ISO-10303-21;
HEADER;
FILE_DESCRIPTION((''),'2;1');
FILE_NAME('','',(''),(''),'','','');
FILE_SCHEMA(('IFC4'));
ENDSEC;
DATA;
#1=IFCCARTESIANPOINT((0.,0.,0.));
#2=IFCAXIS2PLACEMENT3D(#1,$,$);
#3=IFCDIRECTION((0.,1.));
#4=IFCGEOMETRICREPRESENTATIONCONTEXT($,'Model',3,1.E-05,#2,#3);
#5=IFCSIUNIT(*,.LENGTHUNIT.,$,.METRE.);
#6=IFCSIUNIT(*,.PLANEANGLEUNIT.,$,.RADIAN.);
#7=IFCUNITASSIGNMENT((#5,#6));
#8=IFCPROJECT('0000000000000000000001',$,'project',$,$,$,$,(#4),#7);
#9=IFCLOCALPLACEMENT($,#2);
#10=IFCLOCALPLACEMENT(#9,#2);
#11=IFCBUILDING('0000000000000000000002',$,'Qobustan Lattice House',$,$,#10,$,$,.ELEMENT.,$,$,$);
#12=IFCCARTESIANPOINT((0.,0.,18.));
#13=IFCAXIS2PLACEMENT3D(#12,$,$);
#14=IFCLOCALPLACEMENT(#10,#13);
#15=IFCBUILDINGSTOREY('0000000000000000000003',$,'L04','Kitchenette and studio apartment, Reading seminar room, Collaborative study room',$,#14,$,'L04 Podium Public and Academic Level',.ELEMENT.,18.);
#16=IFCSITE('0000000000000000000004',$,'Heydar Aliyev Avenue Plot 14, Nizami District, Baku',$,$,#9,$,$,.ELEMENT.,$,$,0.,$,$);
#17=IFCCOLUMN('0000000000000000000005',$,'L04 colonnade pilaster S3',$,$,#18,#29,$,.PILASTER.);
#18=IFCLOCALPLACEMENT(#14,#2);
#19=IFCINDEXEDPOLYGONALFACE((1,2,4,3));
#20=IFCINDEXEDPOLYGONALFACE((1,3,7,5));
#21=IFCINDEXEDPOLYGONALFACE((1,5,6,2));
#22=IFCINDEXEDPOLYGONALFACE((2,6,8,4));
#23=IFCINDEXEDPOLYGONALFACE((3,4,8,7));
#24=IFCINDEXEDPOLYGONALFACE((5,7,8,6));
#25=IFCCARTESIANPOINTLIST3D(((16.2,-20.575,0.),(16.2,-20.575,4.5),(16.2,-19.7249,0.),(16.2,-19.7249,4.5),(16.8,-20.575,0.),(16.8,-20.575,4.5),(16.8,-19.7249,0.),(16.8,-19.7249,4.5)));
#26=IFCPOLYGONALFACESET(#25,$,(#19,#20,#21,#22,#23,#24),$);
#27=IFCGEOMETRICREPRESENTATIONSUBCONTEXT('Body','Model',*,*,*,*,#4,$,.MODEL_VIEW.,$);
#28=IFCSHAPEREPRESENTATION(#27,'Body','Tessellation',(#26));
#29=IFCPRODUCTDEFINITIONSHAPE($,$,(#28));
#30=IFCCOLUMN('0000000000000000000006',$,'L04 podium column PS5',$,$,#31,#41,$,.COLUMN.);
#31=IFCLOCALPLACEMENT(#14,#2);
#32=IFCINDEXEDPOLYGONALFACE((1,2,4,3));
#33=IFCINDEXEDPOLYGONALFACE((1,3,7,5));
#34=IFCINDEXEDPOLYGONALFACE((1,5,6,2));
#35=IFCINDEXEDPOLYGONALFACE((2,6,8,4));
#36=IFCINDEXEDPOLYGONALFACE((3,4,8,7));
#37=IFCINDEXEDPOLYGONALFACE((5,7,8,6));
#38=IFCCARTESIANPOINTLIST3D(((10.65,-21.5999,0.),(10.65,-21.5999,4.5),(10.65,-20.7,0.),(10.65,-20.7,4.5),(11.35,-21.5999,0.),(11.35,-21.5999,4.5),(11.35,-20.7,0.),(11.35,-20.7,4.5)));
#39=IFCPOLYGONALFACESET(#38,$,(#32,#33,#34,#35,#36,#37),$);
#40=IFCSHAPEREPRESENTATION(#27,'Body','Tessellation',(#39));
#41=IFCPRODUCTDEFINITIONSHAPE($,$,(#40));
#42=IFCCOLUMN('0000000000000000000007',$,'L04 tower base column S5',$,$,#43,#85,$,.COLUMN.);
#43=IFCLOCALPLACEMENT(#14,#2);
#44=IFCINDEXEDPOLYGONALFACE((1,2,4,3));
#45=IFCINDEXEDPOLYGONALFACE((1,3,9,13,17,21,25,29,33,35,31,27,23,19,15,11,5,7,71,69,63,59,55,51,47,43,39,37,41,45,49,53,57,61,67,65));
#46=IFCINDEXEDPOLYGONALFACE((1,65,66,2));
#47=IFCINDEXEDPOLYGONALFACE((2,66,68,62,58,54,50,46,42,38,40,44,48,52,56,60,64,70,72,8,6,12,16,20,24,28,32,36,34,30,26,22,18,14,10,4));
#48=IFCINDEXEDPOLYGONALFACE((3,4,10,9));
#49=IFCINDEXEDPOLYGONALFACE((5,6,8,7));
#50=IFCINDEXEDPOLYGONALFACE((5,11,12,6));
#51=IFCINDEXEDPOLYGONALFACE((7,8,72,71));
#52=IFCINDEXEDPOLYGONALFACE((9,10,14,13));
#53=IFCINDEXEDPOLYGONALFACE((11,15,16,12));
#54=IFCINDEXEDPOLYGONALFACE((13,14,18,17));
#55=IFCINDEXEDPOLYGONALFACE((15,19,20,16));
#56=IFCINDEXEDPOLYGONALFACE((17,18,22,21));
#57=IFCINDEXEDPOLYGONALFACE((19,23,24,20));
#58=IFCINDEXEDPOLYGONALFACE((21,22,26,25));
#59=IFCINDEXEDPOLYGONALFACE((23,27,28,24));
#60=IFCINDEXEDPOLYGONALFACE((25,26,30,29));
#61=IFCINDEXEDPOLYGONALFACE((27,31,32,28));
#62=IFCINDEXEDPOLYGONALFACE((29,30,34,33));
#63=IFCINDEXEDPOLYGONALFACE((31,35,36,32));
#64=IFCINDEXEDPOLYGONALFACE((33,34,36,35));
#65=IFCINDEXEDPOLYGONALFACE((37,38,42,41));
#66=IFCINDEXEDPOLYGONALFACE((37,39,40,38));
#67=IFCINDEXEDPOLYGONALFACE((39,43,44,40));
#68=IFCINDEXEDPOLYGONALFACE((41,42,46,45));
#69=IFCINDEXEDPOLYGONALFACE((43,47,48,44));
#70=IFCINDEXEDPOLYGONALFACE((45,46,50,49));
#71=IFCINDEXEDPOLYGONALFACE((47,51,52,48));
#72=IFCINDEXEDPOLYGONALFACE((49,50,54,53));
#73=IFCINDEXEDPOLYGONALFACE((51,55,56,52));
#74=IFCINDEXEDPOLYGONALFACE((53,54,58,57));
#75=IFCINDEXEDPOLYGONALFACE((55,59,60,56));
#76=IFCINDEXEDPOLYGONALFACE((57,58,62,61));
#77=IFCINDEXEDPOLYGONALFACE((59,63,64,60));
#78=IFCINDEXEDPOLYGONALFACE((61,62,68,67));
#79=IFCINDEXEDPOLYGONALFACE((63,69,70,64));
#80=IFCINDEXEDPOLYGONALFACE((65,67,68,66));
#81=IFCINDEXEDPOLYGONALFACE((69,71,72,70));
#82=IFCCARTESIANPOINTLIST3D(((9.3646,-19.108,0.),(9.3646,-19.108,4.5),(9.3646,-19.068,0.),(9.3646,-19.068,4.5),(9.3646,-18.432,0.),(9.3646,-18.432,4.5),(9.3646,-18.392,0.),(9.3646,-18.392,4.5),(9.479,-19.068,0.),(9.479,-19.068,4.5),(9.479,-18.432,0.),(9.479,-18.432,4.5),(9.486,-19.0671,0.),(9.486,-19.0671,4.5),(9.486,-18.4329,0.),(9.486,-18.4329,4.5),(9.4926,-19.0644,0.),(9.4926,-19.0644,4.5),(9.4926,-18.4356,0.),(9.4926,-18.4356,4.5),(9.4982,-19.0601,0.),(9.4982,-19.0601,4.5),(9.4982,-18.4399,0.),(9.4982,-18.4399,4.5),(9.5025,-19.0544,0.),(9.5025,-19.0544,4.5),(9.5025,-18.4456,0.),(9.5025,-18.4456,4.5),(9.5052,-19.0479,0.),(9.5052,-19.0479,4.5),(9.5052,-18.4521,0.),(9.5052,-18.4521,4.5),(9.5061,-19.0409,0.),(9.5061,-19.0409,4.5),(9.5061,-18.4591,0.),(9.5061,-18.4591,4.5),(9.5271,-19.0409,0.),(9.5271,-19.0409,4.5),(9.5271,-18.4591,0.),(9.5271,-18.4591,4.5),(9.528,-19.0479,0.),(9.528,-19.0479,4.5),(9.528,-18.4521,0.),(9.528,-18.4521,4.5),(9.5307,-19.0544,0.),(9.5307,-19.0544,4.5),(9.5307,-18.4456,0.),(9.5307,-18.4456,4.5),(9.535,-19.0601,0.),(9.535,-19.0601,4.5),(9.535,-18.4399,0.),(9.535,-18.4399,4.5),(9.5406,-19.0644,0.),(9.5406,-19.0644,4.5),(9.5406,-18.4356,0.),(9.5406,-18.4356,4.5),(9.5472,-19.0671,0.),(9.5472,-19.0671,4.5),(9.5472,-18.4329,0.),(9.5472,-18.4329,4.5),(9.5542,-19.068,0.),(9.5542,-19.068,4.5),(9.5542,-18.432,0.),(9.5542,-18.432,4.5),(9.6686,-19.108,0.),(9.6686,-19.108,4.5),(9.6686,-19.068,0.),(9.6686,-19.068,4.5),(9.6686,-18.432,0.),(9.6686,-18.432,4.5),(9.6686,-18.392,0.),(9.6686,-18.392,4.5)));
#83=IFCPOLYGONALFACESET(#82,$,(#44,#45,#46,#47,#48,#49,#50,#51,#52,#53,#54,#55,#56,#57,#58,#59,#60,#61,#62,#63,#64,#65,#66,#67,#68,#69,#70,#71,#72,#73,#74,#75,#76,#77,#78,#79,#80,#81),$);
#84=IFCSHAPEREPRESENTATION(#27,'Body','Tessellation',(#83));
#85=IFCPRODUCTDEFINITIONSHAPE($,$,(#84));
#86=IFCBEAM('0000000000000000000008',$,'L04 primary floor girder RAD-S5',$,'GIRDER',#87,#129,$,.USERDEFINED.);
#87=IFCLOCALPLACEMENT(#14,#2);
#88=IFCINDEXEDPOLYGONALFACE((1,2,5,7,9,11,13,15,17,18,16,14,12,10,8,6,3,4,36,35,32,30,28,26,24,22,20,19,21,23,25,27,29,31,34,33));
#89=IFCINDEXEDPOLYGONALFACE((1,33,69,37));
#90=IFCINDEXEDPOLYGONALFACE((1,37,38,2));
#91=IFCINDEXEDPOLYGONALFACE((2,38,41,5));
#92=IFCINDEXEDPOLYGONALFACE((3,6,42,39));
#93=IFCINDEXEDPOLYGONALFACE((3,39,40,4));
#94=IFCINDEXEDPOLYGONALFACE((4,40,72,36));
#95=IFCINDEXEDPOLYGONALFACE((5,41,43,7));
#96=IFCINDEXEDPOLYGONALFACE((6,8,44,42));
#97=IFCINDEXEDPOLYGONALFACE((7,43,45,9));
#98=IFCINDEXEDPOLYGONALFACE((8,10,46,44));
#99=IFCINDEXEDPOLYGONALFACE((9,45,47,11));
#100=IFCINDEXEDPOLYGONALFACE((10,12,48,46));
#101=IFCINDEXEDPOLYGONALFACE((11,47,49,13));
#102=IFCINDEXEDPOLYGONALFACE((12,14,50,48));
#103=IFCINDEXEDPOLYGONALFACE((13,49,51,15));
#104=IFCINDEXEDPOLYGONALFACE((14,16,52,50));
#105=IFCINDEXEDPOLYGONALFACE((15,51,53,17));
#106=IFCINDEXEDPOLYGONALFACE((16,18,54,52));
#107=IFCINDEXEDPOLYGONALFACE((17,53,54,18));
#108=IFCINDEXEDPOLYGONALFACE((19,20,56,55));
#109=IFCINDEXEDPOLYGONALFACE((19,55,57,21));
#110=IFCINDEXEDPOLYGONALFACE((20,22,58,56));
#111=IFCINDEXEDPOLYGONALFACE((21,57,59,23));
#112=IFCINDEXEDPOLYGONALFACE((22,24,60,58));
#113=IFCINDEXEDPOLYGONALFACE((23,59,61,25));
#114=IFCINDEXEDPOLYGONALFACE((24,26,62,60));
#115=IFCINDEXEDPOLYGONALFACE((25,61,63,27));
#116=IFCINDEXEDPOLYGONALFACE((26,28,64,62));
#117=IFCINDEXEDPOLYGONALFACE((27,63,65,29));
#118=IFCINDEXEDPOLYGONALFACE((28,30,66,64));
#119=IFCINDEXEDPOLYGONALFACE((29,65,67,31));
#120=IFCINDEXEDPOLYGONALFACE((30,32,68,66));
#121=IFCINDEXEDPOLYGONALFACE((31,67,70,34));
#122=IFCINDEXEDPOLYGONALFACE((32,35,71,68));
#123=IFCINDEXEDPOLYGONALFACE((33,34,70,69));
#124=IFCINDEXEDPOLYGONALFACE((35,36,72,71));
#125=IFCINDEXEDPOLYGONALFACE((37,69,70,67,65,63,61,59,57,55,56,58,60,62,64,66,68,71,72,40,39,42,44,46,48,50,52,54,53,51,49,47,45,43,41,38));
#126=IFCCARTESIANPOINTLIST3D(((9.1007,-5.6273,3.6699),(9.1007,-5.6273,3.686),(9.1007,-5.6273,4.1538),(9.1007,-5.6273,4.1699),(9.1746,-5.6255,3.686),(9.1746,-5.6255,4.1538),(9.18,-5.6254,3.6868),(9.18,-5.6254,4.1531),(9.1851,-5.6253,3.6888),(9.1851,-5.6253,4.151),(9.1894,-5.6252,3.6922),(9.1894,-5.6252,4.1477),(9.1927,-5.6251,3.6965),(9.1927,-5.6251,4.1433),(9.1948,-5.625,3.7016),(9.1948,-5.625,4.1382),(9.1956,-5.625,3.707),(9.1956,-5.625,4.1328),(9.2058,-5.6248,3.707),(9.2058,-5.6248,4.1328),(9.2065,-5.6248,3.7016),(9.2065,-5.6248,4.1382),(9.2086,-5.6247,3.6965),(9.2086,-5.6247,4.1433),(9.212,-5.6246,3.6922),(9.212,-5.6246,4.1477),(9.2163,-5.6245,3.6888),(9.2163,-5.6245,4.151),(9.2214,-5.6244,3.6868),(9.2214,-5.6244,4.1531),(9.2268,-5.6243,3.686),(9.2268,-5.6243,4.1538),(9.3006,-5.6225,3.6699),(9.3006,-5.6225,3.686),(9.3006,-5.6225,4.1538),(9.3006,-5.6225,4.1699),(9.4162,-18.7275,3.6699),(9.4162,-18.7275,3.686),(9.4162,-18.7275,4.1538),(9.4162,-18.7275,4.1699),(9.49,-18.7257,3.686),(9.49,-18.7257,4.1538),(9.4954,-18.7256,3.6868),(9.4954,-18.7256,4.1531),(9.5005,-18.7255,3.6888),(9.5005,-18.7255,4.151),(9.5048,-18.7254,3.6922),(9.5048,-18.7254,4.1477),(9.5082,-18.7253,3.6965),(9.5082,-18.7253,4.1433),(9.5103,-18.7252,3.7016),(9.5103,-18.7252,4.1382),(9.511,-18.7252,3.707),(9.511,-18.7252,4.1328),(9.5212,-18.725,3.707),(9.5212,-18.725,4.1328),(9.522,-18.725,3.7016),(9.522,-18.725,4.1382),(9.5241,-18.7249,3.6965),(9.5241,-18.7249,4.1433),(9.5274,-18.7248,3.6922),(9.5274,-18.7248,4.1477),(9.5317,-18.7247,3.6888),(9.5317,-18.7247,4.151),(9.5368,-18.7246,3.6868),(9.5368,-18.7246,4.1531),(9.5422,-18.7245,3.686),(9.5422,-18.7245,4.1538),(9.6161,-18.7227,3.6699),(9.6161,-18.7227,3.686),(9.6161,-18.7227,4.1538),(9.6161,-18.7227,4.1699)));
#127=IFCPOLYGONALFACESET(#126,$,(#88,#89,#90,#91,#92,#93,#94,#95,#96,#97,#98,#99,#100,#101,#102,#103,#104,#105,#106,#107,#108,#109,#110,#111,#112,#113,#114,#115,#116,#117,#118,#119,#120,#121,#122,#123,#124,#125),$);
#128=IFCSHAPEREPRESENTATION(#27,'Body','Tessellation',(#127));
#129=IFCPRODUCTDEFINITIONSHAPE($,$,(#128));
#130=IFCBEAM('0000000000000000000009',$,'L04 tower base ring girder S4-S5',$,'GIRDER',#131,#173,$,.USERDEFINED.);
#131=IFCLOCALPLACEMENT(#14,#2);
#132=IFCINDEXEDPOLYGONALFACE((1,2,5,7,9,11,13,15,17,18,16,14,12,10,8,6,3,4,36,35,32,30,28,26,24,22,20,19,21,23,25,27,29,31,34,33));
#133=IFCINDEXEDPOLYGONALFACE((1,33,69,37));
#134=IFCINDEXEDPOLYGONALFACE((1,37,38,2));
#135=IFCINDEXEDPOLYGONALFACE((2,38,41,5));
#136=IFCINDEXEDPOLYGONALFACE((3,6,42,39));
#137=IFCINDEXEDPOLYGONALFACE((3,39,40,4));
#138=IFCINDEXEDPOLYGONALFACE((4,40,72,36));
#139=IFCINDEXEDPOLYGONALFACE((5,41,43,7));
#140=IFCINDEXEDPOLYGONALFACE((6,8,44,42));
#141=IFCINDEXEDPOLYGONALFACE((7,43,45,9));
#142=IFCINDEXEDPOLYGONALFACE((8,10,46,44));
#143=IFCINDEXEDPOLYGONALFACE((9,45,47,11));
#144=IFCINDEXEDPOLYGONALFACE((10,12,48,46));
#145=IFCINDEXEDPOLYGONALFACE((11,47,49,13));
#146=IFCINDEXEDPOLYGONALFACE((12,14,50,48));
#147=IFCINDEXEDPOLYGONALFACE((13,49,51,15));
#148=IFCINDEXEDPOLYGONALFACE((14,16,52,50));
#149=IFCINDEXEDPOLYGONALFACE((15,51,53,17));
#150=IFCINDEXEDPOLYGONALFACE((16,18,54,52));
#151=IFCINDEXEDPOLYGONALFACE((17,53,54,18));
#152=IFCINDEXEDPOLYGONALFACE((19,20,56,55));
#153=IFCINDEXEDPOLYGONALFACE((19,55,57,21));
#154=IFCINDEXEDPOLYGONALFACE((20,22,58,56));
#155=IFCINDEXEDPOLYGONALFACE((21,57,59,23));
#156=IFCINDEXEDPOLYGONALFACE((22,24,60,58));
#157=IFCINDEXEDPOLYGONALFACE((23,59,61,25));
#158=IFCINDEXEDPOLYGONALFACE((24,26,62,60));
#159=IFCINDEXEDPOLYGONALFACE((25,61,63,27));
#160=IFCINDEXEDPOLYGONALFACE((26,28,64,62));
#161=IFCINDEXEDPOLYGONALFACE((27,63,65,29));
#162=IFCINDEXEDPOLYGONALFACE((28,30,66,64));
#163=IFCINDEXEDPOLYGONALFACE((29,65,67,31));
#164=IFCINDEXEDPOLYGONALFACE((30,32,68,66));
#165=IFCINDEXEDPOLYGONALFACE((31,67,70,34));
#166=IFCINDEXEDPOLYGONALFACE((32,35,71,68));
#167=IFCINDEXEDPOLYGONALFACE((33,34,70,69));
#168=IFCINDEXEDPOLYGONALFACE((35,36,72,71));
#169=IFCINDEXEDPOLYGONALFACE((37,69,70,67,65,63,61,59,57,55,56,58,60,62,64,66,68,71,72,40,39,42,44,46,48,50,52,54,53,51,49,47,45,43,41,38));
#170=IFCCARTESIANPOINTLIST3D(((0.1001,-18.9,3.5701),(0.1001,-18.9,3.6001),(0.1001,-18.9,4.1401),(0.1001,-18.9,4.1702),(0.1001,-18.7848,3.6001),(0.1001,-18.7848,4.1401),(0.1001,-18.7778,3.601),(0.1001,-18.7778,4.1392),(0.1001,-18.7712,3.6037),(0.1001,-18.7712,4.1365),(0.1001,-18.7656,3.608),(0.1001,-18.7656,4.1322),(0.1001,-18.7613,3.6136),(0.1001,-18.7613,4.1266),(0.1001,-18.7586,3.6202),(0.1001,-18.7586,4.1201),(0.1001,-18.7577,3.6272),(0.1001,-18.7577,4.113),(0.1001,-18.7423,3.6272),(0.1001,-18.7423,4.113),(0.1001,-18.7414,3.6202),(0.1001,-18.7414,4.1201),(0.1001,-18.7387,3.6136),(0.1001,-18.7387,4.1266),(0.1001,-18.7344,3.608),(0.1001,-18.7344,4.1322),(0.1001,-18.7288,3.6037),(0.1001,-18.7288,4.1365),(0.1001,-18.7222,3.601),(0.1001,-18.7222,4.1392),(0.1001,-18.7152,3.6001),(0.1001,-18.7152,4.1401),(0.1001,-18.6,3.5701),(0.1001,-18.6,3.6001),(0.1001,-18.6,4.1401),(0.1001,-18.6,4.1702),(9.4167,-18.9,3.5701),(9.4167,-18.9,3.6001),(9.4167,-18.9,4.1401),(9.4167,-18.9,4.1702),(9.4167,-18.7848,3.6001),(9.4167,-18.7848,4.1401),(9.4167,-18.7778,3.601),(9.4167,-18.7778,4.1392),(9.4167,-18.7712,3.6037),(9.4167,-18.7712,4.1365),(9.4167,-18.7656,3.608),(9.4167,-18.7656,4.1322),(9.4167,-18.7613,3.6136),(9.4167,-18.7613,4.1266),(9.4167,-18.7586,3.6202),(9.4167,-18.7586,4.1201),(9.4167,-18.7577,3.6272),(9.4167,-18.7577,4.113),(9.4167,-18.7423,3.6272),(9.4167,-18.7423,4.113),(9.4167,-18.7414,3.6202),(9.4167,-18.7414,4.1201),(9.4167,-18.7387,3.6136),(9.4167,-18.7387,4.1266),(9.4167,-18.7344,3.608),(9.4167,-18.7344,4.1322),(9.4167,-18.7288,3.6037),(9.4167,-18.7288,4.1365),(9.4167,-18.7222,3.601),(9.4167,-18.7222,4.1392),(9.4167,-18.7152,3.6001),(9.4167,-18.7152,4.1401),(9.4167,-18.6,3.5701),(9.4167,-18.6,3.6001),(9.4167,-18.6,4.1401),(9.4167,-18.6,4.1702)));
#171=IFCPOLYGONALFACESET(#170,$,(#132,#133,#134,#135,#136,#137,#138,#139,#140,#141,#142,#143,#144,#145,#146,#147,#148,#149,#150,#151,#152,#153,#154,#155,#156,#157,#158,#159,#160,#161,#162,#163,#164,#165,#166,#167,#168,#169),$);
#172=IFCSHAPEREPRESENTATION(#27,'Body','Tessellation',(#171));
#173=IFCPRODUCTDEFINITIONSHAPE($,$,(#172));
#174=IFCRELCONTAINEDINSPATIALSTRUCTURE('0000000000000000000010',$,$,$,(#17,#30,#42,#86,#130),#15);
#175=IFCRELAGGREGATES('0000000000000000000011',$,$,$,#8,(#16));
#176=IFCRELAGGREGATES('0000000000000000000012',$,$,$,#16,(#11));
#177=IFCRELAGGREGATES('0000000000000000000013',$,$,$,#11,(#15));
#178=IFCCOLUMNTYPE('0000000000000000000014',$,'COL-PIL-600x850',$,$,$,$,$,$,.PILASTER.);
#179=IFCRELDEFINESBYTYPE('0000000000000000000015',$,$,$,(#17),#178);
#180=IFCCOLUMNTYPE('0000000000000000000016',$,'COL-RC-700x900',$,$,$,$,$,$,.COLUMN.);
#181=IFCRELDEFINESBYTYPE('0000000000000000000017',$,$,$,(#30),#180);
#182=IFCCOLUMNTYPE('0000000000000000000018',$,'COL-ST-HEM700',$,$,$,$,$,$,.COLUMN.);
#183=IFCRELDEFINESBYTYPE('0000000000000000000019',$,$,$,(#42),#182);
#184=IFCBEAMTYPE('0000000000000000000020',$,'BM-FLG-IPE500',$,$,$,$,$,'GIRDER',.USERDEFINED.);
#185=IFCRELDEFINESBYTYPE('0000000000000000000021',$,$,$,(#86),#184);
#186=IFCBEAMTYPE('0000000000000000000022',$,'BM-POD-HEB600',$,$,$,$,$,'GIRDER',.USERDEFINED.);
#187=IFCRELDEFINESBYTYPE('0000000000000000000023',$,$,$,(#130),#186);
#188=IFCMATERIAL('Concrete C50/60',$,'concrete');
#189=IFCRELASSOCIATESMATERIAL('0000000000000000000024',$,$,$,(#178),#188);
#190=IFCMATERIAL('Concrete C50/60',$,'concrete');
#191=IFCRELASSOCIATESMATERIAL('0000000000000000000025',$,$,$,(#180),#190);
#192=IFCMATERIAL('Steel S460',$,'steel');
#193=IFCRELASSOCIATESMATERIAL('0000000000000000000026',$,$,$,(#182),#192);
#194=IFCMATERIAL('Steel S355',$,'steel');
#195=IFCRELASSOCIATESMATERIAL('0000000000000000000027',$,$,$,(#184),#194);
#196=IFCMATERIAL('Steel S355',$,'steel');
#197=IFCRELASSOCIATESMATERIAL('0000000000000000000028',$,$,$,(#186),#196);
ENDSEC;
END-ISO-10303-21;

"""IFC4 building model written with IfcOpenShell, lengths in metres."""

from ifc_helpers import new_model, si_unit, direction, frame, origin, origin_2d, place, context, subcontext, project, spatial, rectangle, i_section, extrude, material, material_profile, profile_set, type_object, element, save


model = new_model("IFC4")

# Units and contexts
model_context = context("Model", 3, precision=1e-05, world=origin(), true_north=direction((0.0, 1.0)))
body_context = subcontext(model_context, "Body", "Model", "MODEL_VIEW")
ifc_project = project(units=[si_unit("LENGTHUNIT", "METRE"), si_unit("PLANEANGLEUNIT", "RADIAN")], contexts=[model_context])

# Site, building, storey
site_placement = place(None, origin())
site = spatial("IfcSite", under=ifc_project, at=site_placement, Name="Heydar Aliyev Avenue Plot 14, Nizami District, Baku", CompositionType="ELEMENT", RefElevation=0.0)
building_placement = place(site_placement, origin())
building = spatial("IfcBuilding", under=site, at=building_placement, Name="Qobustan Lattice House", CompositionType="ELEMENT")
storey_placement = place(building_placement, frame((0.0, 0.0, 18.0)))
storey = spatial("IfcBuildingStorey", under=building, at=storey_placement, Name="L04", Description="Kitchenette and studio apartment, Reading seminar room, Collaborative study room", LongName="L04 Podium Public and Academic Level", CompositionType="ELEMENT", Elevation=18.0)

# Columns
ifc_material_1 = material(Name="Concrete C50/60", Category="concrete")
ifc_material_profile_1 = material_profile(ifc_material_1, rectangle(XDim=0.6001, YDim=0.8501, at=origin_2d()), Name="RC600x850")
ifc_profile_set_1 = profile_set([ifc_material_profile_1], Name="Concrete C50/60")
column_type_1 = type_object("IfcColumnType", Name="COL-PIL-600x850", PredefinedType="PILASTER", material=ifc_profile_set_1)
column_1_placement = place(storey_placement, frame((16.5, -20.1499, 0.0), z_axis=(0.0, 0.0, 1.0), x_axis=(1.0, 0.0, 0.0)))
element("IfcColumn", 1, at=column_1_placement, inside=storey, type_object=column_type_1, Name="L04 colonnade pilaster S3", PredefinedType="PILASTER", context=body_context, shape_type="SweptSolid", body=[
    extrude(rectangle(XDim=0.6001, YDim=0.8501, at=origin_2d()), origin(), (0.0, 0.0, 1.0), 4.5),
])
ifc_material_2 = material(Name="Concrete C50/60", Category="concrete")
ifc_material_profile_2 = material_profile(ifc_material_2, rectangle(XDim=0.7, YDim=0.8999, at=origin_2d()), Name="RC700x900")
ifc_profile_set_2 = profile_set([ifc_material_profile_2], Name="Concrete C50/60")
column_type_2 = type_object("IfcColumnType", Name="COL-RC-700x900", PredefinedType="COLUMN", material=ifc_profile_set_2)
column_2_placement = place(storey_placement, frame((11.0, -21.1499, 0.0), z_axis=(0.0, 0.0, 1.0), x_axis=(1.0, 0.0, 0.0)))
element("IfcColumn", 2, at=column_2_placement, inside=storey, type_object=column_type_2, Name="L04 podium column PS5", PredefinedType="COLUMN", context=body_context, shape_type="SweptSolid", body=[
    extrude(rectangle(XDim=0.7, YDim=0.8999, at=origin_2d()), origin(), (0.0, 0.0, 1.0), 4.5),
])
ifc_material_3 = material(Name="Steel S460", Category="steel")
ifc_material_profile_3 = material_profile(ifc_material_3, i_section(OverallWidth=0.304, OverallDepth=0.7161, WebThickness=0.021, FlangeThickness=0.04, FilletRadius=0.0271, at=origin_2d()), Name="HEM700")
ifc_profile_set_3 = profile_set([ifc_material_profile_3], Name="Steel S460")
column_type_3 = type_object("IfcColumnType", Name="COL-ST-HEM700", PredefinedType="COLUMN", material=ifc_profile_set_3)
column_3_placement = place(storey_placement, frame((9.5166, -18.75, 0.0), z_axis=(0.0, 0.0, 1.0), x_axis=(1.0, 0.0, 0.0)))
element("IfcColumn", 3, at=column_3_placement, inside=storey, type_object=column_type_3, Name="L04 tower base column S5", PredefinedType="COLUMN", context=body_context, shape_type="SweptSolid", body=[
    extrude(i_section(OverallWidth=0.304, OverallDepth=0.7161, WebThickness=0.021, FlangeThickness=0.04, FilletRadius=0.0271, at=origin_2d()), origin(), (0.0, 0.0, 1.0), 4.5),
])

# Beams
ifc_material_4 = material(Name="Steel S355", Category="steel")
ifc_material_profile_4 = material_profile(ifc_material_4, i_section(OverallWidth=0.2, OverallDepth=0.5, WebThickness=0.0103, FlangeThickness=0.0161, FilletRadius=0.021, at=origin_2d()), Name="IPE500")
ifc_profile_set_4 = profile_set([ifc_material_profile_4], Name="Steel S355")
beam_type_1 = type_object("IfcBeamType", Name="BM-FLG-IPE500", ElementType="GIRDER", PredefinedType="USERDEFINED", material=ifc_profile_set_4)
beam_1_placement = place(storey_placement, frame((9.5161, -18.7251, 3.9199), z_axis=(-0.024071, 0.99971, 0.0), x_axis=(-0.99971, -0.024071, 0.0)))
element("IfcBeam", 4, at=beam_1_placement, inside=storey, type_object=beam_type_1, Name="L04 primary floor girder RAD-S5", ObjectType="GIRDER", PredefinedType="USERDEFINED", context=body_context, shape_type="SweptSolid", body=[
    extrude(i_section(OverallWidth=0.2, OverallDepth=0.5, WebThickness=0.0103, FlangeThickness=0.0161, FilletRadius=0.021, at=origin_2d()), origin(), (0.0, 0.0, 1.0), 13.104),
])
ifc_material_5 = material(Name="Steel S355", Category="steel")
ifc_material_profile_5 = material_profile(ifc_material_5, i_section(OverallWidth=0.3, OverallDepth=0.6001, WebThickness=0.0154, FlangeThickness=0.03, FilletRadius=0.0271, at=origin_2d()), Name="HEB600")
ifc_profile_set_5 = profile_set([ifc_material_profile_5], Name="Steel S355")
beam_type_2 = type_object("IfcBeamType", Name="BM-POD-HEB600", ElementType="GIRDER", PredefinedType="USERDEFINED", material=ifc_profile_set_5)
for number, where, z_axis, x_axis, name in (
    (5, (0.1001, -18.75, 3.8701), (1.0, 0.0, 0.0), (0.0, 1.0, 0.0), "L04 tower base ring girder S4-S5"),
):
    element("IfcBeam", number, at=place(storey_placement, frame(where, z_axis=z_axis, x_axis=x_axis)), inside=storey, type_object=beam_type_2, Name=name, ObjectType="GIRDER", PredefinedType="USERDEFINED", context=body_context, shape_type="SweptSolid", body=[
        extrude(i_section(OverallWidth=0.3, OverallDepth=0.6001, WebThickness=0.0154, FlangeThickness=0.03, FilletRadius=0.0271, at=origin_2d()), origin(), (0.0, 0.0, 1.0), 9.3167),
    ])

save(model, "model.ifc")
